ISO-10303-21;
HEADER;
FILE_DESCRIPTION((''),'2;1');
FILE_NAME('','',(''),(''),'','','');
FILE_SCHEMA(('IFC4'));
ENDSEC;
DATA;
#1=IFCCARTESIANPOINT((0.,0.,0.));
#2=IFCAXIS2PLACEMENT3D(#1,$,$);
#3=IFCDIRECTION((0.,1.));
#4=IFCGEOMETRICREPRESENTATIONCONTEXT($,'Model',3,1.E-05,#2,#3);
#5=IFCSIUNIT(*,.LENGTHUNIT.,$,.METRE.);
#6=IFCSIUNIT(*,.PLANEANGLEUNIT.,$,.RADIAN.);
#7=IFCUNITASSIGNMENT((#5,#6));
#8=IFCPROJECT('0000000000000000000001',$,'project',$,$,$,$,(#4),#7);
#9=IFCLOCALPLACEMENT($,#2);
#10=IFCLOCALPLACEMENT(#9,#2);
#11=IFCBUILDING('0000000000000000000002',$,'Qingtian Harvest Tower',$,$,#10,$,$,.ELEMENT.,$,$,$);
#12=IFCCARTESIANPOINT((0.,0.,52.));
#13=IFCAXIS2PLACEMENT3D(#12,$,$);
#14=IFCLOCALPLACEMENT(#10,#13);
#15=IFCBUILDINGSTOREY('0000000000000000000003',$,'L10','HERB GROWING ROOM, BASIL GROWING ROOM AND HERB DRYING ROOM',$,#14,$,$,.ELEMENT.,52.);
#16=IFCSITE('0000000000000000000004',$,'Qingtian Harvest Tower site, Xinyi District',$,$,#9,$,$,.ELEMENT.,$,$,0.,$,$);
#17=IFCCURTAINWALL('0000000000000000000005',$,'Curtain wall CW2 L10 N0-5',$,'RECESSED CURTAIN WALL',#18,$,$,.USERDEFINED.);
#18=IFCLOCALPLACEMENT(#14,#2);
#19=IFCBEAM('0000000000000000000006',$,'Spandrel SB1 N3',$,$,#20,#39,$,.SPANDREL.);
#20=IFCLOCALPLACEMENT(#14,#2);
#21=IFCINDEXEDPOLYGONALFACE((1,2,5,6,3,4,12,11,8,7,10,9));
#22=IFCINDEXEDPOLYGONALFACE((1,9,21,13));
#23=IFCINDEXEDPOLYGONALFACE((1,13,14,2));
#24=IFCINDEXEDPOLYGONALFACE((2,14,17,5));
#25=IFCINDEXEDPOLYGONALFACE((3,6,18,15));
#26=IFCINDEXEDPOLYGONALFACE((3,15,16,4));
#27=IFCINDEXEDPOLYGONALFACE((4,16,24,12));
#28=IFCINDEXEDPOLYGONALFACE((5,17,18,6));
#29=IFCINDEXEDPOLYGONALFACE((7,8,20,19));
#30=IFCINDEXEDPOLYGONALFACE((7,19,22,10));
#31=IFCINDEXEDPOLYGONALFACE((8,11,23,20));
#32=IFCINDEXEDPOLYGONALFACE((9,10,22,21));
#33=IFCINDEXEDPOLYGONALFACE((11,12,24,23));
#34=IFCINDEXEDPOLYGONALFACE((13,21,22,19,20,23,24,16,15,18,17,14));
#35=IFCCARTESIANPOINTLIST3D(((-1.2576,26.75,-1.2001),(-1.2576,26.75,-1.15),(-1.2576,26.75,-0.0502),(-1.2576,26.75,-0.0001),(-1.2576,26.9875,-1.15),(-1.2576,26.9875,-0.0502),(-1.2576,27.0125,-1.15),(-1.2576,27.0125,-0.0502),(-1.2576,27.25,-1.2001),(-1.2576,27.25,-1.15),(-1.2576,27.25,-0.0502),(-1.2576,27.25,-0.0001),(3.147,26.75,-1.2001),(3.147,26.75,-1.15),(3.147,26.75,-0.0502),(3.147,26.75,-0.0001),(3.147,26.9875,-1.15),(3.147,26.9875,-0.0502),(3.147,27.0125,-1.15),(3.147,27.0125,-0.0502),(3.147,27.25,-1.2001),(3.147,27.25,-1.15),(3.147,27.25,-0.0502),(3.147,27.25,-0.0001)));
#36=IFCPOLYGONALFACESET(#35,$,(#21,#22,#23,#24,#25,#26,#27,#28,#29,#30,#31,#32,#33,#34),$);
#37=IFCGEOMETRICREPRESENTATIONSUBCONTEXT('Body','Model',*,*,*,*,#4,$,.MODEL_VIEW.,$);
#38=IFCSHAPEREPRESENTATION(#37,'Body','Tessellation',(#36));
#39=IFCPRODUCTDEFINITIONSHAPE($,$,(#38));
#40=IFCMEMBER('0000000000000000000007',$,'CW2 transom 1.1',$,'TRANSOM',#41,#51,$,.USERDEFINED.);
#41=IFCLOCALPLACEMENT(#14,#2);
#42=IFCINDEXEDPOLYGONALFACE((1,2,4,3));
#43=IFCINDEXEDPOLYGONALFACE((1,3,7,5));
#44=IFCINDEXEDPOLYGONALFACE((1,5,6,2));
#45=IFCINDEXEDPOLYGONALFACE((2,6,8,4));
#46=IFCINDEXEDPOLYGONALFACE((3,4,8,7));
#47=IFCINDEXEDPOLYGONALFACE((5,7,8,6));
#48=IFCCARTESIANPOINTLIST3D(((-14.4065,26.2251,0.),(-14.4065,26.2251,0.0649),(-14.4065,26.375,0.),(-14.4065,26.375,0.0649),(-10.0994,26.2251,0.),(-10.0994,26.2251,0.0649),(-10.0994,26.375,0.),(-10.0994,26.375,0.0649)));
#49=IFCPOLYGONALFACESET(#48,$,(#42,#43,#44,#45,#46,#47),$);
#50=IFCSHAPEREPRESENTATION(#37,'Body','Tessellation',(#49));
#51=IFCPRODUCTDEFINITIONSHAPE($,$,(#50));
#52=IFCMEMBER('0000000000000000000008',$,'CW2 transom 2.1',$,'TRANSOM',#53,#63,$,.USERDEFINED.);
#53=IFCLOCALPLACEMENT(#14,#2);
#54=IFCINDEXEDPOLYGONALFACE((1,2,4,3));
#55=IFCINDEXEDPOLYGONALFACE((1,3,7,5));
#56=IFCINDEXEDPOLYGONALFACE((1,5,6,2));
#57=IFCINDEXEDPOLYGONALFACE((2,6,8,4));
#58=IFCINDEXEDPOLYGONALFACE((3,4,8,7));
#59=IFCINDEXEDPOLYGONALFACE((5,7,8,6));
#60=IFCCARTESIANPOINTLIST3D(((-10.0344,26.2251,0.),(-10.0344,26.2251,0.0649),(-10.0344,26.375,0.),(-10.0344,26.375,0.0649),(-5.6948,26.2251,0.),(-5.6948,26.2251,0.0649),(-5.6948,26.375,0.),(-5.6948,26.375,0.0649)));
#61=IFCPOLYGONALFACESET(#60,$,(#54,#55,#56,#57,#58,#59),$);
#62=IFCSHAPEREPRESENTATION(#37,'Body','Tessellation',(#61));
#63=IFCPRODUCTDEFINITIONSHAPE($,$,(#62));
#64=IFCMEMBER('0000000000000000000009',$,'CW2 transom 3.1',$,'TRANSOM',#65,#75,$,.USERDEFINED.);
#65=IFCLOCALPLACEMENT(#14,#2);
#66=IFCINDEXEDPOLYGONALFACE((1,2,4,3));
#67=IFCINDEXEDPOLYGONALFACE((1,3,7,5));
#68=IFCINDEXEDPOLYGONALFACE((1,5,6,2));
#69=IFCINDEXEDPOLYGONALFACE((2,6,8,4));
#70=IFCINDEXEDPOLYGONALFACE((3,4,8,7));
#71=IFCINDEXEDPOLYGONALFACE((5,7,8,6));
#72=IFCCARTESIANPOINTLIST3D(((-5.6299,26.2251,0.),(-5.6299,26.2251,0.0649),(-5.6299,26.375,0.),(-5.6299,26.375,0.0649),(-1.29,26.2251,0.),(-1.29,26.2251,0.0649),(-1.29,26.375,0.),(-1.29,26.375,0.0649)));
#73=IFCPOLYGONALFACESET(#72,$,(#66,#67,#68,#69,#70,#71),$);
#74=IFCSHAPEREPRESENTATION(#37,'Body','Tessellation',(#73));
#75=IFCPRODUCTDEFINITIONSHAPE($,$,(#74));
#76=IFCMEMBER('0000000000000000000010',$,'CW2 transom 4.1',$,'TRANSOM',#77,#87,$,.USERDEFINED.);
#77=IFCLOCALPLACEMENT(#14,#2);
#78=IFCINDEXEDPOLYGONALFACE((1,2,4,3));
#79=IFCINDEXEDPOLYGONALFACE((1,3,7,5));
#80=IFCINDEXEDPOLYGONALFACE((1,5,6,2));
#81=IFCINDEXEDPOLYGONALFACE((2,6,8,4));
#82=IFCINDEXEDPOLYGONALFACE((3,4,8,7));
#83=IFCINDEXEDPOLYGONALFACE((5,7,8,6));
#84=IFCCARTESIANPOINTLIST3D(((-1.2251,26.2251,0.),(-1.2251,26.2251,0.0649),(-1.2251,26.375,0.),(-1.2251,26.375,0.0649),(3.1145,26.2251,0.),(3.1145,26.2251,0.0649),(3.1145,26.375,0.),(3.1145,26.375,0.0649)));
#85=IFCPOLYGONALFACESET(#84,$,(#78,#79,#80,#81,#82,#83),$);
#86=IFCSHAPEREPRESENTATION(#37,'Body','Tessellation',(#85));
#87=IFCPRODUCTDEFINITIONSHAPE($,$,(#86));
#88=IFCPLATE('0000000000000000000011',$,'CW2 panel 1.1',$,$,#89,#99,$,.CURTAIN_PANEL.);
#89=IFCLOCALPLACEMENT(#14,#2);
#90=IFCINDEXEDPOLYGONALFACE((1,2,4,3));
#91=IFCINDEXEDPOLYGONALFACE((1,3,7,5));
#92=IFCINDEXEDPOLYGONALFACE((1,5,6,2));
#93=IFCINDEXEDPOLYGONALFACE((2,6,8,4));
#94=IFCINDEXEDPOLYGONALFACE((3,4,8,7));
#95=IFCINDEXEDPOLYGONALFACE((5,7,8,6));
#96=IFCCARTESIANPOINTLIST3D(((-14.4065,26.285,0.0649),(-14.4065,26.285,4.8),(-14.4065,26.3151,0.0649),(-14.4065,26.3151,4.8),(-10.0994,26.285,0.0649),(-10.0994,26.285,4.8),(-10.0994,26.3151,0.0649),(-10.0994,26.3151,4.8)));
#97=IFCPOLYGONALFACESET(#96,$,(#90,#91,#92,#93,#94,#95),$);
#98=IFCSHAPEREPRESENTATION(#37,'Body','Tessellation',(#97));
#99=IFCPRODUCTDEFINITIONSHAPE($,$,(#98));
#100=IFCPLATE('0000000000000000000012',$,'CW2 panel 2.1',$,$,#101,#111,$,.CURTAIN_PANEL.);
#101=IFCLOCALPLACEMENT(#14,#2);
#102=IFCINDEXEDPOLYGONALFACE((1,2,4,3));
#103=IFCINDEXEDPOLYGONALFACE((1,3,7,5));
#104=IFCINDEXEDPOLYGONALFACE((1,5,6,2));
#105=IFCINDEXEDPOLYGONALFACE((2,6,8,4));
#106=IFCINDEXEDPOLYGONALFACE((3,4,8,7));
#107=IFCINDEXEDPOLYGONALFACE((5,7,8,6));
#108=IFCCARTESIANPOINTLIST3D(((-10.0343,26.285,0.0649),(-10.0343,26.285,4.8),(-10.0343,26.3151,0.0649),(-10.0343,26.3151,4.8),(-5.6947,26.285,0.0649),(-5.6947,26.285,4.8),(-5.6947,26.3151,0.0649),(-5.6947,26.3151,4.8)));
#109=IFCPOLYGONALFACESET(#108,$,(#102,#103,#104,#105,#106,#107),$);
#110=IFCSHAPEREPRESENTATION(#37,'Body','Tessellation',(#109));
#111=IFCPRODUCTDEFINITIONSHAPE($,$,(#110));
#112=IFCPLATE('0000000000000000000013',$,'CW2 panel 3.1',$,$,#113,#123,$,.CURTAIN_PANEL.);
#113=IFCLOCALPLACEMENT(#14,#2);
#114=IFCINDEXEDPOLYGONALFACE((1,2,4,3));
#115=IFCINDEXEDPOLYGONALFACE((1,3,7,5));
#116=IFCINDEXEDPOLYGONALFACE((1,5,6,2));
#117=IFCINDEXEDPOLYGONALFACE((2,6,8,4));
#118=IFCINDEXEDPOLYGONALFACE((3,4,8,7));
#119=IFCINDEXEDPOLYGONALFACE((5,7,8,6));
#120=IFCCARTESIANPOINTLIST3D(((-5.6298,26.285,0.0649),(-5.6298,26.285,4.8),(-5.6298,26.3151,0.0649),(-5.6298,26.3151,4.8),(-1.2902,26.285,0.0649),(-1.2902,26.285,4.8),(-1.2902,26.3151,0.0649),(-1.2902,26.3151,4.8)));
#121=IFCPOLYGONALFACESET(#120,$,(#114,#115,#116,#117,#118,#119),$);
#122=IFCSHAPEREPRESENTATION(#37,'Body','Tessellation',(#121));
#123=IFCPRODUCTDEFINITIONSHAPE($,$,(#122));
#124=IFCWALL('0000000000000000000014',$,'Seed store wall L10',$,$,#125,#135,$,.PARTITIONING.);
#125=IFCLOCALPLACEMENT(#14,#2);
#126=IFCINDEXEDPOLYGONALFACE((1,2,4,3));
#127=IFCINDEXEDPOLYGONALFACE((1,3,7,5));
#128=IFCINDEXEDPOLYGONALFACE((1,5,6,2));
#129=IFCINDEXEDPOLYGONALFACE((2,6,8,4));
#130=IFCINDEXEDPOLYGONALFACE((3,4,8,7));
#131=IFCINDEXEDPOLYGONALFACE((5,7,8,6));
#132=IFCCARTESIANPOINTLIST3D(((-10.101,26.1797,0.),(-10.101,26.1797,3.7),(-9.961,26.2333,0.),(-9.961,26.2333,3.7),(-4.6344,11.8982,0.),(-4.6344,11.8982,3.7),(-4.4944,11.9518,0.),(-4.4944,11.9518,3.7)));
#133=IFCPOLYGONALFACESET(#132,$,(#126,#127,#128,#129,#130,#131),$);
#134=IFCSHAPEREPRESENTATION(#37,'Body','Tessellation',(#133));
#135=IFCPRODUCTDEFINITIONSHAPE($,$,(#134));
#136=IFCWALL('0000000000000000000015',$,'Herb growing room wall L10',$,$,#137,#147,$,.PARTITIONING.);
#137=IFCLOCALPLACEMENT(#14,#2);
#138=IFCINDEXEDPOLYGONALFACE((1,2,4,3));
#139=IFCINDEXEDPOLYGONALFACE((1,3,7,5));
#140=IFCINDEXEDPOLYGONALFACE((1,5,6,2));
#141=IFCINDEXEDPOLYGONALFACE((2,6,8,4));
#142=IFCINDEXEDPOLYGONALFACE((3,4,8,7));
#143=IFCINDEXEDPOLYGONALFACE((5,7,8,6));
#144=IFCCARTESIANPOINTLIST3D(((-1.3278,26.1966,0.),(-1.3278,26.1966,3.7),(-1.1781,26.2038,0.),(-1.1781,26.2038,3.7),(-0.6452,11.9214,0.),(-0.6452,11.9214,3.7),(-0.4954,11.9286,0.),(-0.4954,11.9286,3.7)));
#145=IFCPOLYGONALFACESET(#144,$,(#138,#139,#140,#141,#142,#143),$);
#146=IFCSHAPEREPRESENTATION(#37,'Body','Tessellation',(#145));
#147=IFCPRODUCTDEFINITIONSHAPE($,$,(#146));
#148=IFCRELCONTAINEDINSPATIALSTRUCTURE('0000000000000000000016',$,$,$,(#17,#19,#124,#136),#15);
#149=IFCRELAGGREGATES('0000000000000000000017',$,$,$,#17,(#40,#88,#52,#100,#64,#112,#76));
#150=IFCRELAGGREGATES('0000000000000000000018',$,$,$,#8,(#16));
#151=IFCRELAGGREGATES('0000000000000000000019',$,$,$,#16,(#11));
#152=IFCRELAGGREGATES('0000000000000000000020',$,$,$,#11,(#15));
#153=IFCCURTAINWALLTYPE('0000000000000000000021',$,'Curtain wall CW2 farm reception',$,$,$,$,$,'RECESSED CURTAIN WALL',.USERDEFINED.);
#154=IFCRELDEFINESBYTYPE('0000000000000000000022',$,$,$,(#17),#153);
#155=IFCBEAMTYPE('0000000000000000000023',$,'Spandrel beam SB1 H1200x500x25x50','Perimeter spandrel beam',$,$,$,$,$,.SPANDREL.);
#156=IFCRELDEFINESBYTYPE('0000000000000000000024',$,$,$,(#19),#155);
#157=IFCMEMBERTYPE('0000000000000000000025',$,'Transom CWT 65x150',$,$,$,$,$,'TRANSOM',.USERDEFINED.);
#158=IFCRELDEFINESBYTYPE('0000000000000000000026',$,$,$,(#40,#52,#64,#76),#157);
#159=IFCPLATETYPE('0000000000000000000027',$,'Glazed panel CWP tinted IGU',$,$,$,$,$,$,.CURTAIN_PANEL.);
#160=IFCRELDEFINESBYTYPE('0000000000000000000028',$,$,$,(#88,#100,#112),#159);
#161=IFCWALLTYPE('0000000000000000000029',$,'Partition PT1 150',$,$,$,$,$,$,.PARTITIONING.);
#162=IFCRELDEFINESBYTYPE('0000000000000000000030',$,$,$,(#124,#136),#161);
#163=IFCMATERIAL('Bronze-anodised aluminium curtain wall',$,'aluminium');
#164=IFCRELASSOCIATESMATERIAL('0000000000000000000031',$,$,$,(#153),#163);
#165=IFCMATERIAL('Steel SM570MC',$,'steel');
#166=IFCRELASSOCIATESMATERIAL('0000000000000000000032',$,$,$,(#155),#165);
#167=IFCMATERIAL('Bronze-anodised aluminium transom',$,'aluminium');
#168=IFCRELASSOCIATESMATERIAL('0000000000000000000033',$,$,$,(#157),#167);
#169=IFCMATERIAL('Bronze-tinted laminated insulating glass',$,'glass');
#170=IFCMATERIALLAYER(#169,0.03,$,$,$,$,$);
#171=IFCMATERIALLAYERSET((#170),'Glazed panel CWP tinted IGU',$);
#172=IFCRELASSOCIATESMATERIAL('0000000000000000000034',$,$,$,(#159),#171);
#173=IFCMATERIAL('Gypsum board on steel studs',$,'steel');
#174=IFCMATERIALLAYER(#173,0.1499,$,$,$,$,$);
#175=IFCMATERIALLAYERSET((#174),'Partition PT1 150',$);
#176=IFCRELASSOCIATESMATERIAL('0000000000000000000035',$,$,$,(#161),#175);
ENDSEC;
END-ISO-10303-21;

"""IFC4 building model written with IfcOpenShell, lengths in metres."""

from ifc_helpers import new_model, si_unit, direction, frame, frame_2d, origin, origin_2d, place, context, subcontext, project, spatial, rectangle, i_section, extrude, material, layer, layer_set, material_profile, profile_set, type_object, element, aggregate, save


model = new_model("IFC4")

# Units and contexts
model_context = context("Model", 3, precision=1e-05, world=origin(), true_north=direction((0.0, 1.0)))
body_context = subcontext(model_context, "Body", "Model", "MODEL_VIEW")
ifc_project = project(units=[si_unit("LENGTHUNIT", "METRE"), si_unit("PLANEANGLEUNIT", "RADIAN")], contexts=[model_context])

# Site, building, storey
site_placement = place(None, origin())
site = spatial("IfcSite", under=ifc_project, at=site_placement, Name="Qingtian Harvest Tower site, Xinyi District", CompositionType="ELEMENT", RefElevation=0.0)
building_placement = place(site_placement, origin())
building = spatial("IfcBuilding", under=site, at=building_placement, Name="Qingtian Harvest Tower", CompositionType="ELEMENT")
storey_placement = place(building_placement, frame((0.0, 0.0, 52.0)))
storey = spatial("IfcBuildingStorey", under=building, at=storey_placement, Name="L10", Description="HERB GROWING ROOM, BASIL GROWING ROOM AND HERB DRYING ROOM", CompositionType="ELEMENT", Elevation=52.0)

# Curtain wall
ifc_material_1 = material(Name="Bronze-anodised aluminium curtain wall", Category="aluminium")
curtain_wall_type = type_object("IfcCurtainWallType", Name="Curtain wall CW2 farm reception", ElementType="RECESSED CURTAIN WALL", PredefinedType="USERDEFINED", material=ifc_material_1)
curtain_wall_1_placement = place(storey_placement, origin())
curtain_wall_1 = element("IfcCurtainWall", 1, at=curtain_wall_1_placement, inside=storey, type_object=curtain_wall_type, Name="Curtain wall CW2 L10 N0-5", ObjectType="RECESSED CURTAIN WALL", PredefinedType="USERDEFINED")

# Beam
ifc_material_2 = material(Name="Steel SM570MC", Category="steel")
ifc_material_profile_1 = material_profile(ifc_material_2, i_section(OverallWidth=0.5, OverallDepth=1.2, WebThickness=0.0249, FlangeThickness=0.05, at=origin_2d()), Name="H1200x500x25x50")
ifc_profile_set_1 = profile_set([ifc_material_profile_1], Name="Steel SM570MC")
beam_type_1 = type_object("IfcBeamType", Name="Spandrel beam SB1 H1200x500x25x50", Description="Perimeter spandrel beam", PredefinedType="SPANDREL", material=ifc_profile_set_1)
beam_1_placement = place(storey_placement, frame((-1.2576, 27.0, -0.6001), z_axis=(1.0, 0.0, 0.0), x_axis=(0.0, 1.0, 0.0)))
element("IfcBeam", 2, at=beam_1_placement, inside=storey, type_object=beam_type_1, Name="Spandrel SB1 N3", PredefinedType="SPANDREL", context=body_context, shape_type="SweptSolid", body=[
    extrude(i_section(OverallWidth=0.5, OverallDepth=1.2, WebThickness=0.0249, FlangeThickness=0.05, at=origin_2d()), origin(), (0.0, 0.0, 1.0), 4.4045),
])

# Members
ifc_material_3 = material(Name="Bronze-anodised aluminium transom", Category="aluminium")
ifc_material_profile_2 = material_profile(ifc_material_3, rectangle(XDim=0.1499, YDim=0.0649, at=origin_2d()), Name="AL 65x150")
ifc_profile_set_2 = profile_set([ifc_material_profile_2], Name="Bronze-anodised aluminium transom")
member_type_1 = type_object("IfcMemberType", Name="Transom CWT 65x150", ElementType="TRANSOM", PredefinedType="USERDEFINED", material=ifc_profile_set_2)
member_1_placement = place(storey_placement, frame((-14.4065, 26.3, 0.0325), z_axis=(1.0, 0.0, 0.0), x_axis=(0.0, 1.0, 0.0)))
member_1 = element("IfcMember", 3, at=member_1_placement, type_object=member_type_1, Name="CW2 transom 1.1", ObjectType="TRANSOM", PredefinedType="USERDEFINED", context=body_context, shape_type="SweptSolid", body=[
    extrude(rectangle(XDim=0.1499, YDim=0.0649, at=origin_2d()), origin(), (0.0, 0.0, 1.0), 4.3071),
])
member_2_placement = place(storey_placement, frame((-10.0344, 26.3, 0.0325), z_axis=(1.0, 0.0, 0.0), x_axis=(0.0, 1.0, 0.0)))
member_2 = element("IfcMember", 4, at=member_2_placement, type_object=member_type_1, Name="CW2 transom 2.1", ObjectType="TRANSOM", PredefinedType="USERDEFINED", context=body_context, shape_type="SweptSolid", body=[
    extrude(rectangle(XDim=0.1499, YDim=0.0649, at=origin_2d()), origin(), (0.0, 0.0, 1.0), 4.3396),
])
member_3_placement = place(storey_placement, frame((-5.6299, 26.3, 0.0325), z_axis=(1.0, 0.0, 0.0), x_axis=(0.0, 1.0, 0.0)))
member_3 = element("IfcMember", 5, at=member_3_placement, type_object=member_type_1, Name="CW2 transom 3.1", ObjectType="TRANSOM", PredefinedType="USERDEFINED", context=body_context, shape_type="SweptSolid", body=[
    extrude(rectangle(XDim=0.1499, YDim=0.0649, at=origin_2d()), origin(), (0.0, 0.0, 1.0), 4.3398),
])
member_4_placement = place(storey_placement, frame((-1.2251, 26.3, 0.0325), z_axis=(1.0, 0.0, 0.0), x_axis=(0.0, 1.0, 0.0)))
member_4 = element("IfcMember", 6, at=member_4_placement, type_object=member_type_1, Name="CW2 transom 4.1", ObjectType="TRANSOM", PredefinedType="USERDEFINED", context=body_context, shape_type="SweptSolid", body=[
    extrude(rectangle(XDim=0.1499, YDim=0.0649, at=origin_2d()), origin(), (0.0, 0.0, 1.0), 4.3396),
])

# Plates
ifc_material_4 = material(Name="Bronze-tinted laminated insulating glass", Category="glass")
ifc_layer_1 = layer(ifc_material_4, 0.03)
ifc_layer_set_1 = layer_set([ifc_layer_1], Name="Glazed panel CWP tinted IGU")
plate_type = type_object("IfcPlateType", Name="Glazed panel CWP tinted IGU", PredefinedType="CURTAIN_PANEL", material=ifc_layer_set_1)
plate_1_placement = place(storey_placement, frame((-12.2529, 26.3, 0.0649), z_axis=(0.0, 0.0, 1.0), x_axis=(1.0, 0.0, 0.0)))
plate_1 = element("IfcPlate", 7, at=plate_1_placement, type_object=plate_type, Name="CW2 panel 1.1", PredefinedType="CURTAIN_PANEL", context=body_context, shape_type="SweptSolid", body=[
    extrude(rectangle(XDim=4.3071, YDim=0.03, at=origin_2d()), origin(), (0.0, 0.0, 1.0), 4.7351),
])
plate_2_placement = place(storey_placement, frame((-7.8645, 26.3, 0.0649), z_axis=(0.0, 0.0, 1.0), x_axis=(1.0, 0.0, 0.0)))
plate_2 = element("IfcPlate", 8, at=plate_2_placement, type_object=plate_type, Name="CW2 panel 2.1", PredefinedType="CURTAIN_PANEL", context=body_context, shape_type="SweptSolid", body=[
    extrude(rectangle(XDim=4.3396, YDim=0.03, at=origin_2d()), origin(), (0.0, 0.0, 1.0), 4.7351),
])
plate_3_placement = place(storey_placement, frame((-3.46, 26.3, 0.0649), z_axis=(0.0, 0.0, 1.0), x_axis=(1.0, 0.0, 0.0)))
plate_3 = element("IfcPlate", 9, at=plate_3_placement, type_object=plate_type, Name="CW2 panel 3.1", PredefinedType="CURTAIN_PANEL", context=body_context, shape_type="SweptSolid", body=[
    extrude(rectangle(XDim=4.3396, YDim=0.03, at=origin_2d()), origin(), (0.0, 0.0, 1.0), 4.7351),
])
aggregate(curtain_wall_1, [member_1, plate_1, member_2, plate_2, member_3, plate_3, member_4])

# Walls
ifc_material_5 = material(Name="Gypsum board on steel studs", Category="steel")
ifc_layer_2 = layer(ifc_material_5, 0.1499)
ifc_layer_set_2 = layer_set([ifc_layer_2], Name="Partition PT1 150")
wall_type = type_object("IfcWallType", Name="Partition PT1 150", PredefinedType="PARTITIONING", material=ifc_layer_set_2)
wall_1_placement = place(storey_placement, frame((-10.031, 26.2065, 0.0), z_axis=(0.0, 0.0, 1.0), x_axis=(0.357479, -0.933921, 0.0)))
element("IfcWall", 10, at=wall_1_placement, inside=storey, type_object=wall_type, Name="Seed store wall L10", PredefinedType="PARTITIONING", context=body_context, shape_type="SweptSolid", body=[
    extrude(rectangle(XDim=15.292, YDim=0.1499, at=frame_2d((7.646, 0.0))), origin(), (0.0, 0.0, 1.0), 3.7),
])
wall_2_placement = place(storey_placement, frame((-1.2529, 26.2002, 0.0), z_axis=(0.0, 0.0, 1.0), x_axis=(0.047764, -0.998859, 0.0)))
element("IfcWall", 11, at=wall_2_placement, inside=storey, type_object=wall_type, Name="Herb growing room wall L10", PredefinedType="PARTITIONING", context=body_context, shape_type="SweptSolid", body=[
    extrude(rectangle(XDim=14.2915, YDim=0.1499, at=frame_2d((7.1458, 0.0))), origin(), (0.0, 0.0, 1.0), 3.7),
])

save(model, "model.ifc")
